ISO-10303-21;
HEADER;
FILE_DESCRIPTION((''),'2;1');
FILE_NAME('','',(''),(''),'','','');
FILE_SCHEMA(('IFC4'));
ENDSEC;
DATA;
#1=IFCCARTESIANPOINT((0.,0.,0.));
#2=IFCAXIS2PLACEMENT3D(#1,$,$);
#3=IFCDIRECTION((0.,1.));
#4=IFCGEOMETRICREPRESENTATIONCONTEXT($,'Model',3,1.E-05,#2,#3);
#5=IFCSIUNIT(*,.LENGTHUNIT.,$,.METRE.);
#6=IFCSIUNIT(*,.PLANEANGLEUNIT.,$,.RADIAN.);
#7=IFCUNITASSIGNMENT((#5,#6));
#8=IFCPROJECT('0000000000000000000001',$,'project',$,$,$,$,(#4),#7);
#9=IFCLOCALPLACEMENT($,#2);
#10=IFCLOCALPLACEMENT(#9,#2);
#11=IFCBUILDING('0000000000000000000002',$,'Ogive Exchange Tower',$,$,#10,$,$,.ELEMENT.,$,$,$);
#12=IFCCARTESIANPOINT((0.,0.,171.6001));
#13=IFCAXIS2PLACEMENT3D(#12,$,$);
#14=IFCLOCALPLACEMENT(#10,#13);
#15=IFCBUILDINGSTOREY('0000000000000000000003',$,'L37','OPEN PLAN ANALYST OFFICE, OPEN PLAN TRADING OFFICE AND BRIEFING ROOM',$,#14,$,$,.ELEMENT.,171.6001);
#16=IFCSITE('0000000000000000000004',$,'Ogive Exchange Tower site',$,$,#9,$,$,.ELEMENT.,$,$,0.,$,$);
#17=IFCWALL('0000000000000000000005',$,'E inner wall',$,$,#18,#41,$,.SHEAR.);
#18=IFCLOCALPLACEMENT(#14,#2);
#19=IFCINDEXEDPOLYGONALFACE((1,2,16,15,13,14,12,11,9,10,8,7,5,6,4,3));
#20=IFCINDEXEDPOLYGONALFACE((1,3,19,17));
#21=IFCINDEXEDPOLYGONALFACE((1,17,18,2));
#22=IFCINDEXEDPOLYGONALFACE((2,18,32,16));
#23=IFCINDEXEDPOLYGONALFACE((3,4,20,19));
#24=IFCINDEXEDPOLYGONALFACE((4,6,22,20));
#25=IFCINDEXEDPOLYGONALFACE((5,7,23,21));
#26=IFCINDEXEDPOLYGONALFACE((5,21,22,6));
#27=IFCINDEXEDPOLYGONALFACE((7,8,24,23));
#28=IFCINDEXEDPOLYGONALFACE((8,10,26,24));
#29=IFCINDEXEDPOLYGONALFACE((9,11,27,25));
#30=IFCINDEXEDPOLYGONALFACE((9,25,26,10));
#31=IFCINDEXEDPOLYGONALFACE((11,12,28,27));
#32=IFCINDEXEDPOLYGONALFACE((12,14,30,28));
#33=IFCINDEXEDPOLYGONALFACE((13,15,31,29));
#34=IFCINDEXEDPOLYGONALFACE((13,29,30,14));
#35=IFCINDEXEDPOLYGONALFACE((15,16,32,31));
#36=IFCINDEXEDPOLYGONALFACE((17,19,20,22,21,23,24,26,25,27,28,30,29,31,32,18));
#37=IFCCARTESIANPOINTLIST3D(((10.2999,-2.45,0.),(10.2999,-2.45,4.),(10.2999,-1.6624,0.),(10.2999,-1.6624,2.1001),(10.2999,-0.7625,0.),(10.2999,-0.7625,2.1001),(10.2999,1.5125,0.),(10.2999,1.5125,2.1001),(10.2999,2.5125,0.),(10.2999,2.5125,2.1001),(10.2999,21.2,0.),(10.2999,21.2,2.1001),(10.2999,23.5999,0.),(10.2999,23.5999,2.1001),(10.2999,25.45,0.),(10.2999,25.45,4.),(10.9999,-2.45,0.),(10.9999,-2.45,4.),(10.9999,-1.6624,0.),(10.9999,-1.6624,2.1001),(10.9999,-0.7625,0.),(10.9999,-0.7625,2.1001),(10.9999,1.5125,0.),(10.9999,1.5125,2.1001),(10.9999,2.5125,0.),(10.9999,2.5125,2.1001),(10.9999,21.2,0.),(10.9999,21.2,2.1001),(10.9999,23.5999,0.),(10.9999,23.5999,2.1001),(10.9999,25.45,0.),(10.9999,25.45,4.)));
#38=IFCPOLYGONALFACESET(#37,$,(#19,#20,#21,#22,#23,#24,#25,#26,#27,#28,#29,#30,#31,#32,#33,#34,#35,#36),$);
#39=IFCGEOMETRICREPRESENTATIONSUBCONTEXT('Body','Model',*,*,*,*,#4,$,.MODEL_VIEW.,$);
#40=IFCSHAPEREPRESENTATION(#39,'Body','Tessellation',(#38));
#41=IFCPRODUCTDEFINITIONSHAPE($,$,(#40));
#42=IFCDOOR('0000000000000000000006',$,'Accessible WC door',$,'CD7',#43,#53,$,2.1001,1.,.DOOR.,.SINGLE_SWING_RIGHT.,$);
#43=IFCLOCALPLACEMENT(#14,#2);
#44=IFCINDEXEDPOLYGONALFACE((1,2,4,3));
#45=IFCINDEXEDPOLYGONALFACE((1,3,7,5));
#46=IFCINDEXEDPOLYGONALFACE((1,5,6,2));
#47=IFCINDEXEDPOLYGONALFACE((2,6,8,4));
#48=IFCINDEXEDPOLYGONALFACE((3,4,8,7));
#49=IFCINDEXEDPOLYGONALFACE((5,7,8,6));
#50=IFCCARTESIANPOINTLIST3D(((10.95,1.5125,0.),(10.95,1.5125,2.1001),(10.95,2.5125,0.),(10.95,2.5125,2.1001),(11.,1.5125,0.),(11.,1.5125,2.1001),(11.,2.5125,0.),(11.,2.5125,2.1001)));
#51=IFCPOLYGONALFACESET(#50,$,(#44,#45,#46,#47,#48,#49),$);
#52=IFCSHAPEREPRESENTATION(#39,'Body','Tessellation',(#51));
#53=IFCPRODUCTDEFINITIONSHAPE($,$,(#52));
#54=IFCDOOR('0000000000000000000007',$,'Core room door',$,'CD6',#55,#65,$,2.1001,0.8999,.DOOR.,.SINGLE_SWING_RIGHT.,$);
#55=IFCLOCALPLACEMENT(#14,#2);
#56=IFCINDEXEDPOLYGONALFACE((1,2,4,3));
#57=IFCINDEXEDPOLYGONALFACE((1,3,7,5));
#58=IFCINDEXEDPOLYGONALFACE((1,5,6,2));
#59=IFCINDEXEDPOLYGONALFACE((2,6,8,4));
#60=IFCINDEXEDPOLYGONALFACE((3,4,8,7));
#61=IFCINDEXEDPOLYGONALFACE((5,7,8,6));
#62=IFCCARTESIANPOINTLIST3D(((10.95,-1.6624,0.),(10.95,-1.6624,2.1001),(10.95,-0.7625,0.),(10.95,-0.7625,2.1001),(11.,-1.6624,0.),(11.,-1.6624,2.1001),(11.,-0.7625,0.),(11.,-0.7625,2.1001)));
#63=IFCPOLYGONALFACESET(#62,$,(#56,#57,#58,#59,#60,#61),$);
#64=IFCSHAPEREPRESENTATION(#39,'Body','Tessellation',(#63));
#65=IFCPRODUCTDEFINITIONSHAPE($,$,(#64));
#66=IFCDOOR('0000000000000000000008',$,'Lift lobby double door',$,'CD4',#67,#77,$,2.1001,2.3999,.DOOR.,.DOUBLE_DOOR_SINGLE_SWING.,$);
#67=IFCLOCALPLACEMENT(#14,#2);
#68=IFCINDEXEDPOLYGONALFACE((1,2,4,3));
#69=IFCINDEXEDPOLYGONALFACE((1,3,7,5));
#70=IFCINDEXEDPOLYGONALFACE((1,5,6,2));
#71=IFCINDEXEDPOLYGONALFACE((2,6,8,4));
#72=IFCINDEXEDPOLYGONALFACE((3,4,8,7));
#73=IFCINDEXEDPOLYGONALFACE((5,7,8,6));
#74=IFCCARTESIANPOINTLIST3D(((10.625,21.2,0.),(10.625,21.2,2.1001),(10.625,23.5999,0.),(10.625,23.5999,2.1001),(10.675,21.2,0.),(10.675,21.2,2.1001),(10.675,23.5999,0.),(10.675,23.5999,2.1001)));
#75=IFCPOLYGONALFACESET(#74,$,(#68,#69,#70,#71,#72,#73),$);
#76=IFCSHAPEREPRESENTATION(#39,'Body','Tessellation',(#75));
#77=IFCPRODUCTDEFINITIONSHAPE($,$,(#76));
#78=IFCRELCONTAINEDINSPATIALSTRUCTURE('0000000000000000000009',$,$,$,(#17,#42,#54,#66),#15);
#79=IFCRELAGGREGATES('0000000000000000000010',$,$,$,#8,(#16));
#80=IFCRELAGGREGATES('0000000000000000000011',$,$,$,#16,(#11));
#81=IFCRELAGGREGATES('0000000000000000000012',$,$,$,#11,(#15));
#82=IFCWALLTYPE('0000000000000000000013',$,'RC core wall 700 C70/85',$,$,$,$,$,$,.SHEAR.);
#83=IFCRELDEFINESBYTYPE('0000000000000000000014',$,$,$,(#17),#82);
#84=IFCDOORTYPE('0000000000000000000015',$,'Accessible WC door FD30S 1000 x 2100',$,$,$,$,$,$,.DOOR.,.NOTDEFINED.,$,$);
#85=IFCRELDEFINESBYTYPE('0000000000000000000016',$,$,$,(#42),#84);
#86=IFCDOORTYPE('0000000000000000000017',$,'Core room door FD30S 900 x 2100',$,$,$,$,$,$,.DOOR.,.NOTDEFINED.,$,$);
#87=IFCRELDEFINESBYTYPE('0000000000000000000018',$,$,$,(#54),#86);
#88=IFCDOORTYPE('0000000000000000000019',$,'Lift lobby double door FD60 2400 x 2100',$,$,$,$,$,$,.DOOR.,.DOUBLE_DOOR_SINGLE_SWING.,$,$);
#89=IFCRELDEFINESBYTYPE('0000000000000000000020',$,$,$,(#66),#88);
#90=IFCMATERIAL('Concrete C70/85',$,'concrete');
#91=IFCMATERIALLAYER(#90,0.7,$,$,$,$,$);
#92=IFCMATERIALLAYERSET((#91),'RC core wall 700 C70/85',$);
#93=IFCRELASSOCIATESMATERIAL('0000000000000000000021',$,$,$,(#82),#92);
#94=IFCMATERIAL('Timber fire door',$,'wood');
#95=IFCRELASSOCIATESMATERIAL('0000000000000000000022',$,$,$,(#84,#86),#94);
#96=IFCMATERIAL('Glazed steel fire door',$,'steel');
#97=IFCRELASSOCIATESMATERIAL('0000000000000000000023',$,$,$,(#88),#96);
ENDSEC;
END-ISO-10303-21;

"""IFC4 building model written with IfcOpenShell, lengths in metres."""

from ifc_helpers import new_model, si_unit, direction, frame, frame_2d, origin, place, context, subcontext, project, spatial, rectangle, extrude, material, layer, layer_set, type_object, element, fill, save


model = new_model("IFC4")

# Units and contexts
model_context = context("Model", 3, precision=1e-05, world=origin(), true_north=direction((0.0, 1.0)))
body_context = subcontext(model_context, "Body", "Model", "MODEL_VIEW")
ifc_project = project(units=[si_unit("LENGTHUNIT", "METRE"), si_unit("PLANEANGLEUNIT", "RADIAN")], contexts=[model_context])

# Site, building, storey
site_placement = place(None, origin())
site = spatial("IfcSite", under=ifc_project, at=site_placement, Name="Ogive Exchange Tower site", CompositionType="ELEMENT", RefElevation=0.0)
building_placement = place(site_placement, origin())
building = spatial("IfcBuilding", under=site, at=building_placement, Name="Ogive Exchange Tower", CompositionType="ELEMENT")
storey_placement = place(building_placement, frame((0.0, 0.0, 171.6001)))
storey = spatial("IfcBuildingStorey", under=building, at=storey_placement, Name="L37", Description="OPEN PLAN ANALYST OFFICE, OPEN PLAN TRADING OFFICE AND BRIEFING ROOM", CompositionType="ELEMENT", Elevation=171.6001)

# Shared definitions
ifc_material_1 = material(Name="Concrete C70/85", Category="concrete")

# Wall, openings, doors
ifc_layer_1 = layer(ifc_material_1, 0.7)
ifc_layer_set_1 = layer_set([ifc_layer_1], Name="RC core wall 700 C70/85")
wall_type_1 = type_object("IfcWallType", Name="RC core wall 700 C70/85", PredefinedType="SHEAR", material=ifc_layer_set_1)
wall_1_placement = place(storey_placement, frame((10.6499, -2.45, 0.0), z_axis=(0.0, 0.0, 1.0), x_axis=(0.0, 1.0, 0.0)))
wall_1 = element("IfcWall", 1, at=wall_1_placement, inside=storey, type_object=wall_type_1, Name="E inner wall", PredefinedType="SHEAR", context=body_context, shape_type="SweptSolid", body=[
    extrude(rectangle(XDim=27.8999, YDim=0.7, at=frame_2d((13.95, 0.0))), origin(), (0.0, 0.0, 1.0), 4.0),
])
opening_1_placement = place(wall_1_placement, frame((23.6499, 0.0, 0.0)))
opening_1 = element("IfcOpeningElement", 2, at=opening_1_placement, cuts=wall_1, PredefinedType="OPENING", context=body_context, shape_type="SweptSolid", body=[
    extrude(rectangle(XDim=2.3999, YDim=2.1001, at=frame_2d((1.2, 1.05))), frame((0.0, 0.3599, 0.0), z_axis=(0.0, -1.0, 0.0), x_axis=(1.0, 0.0, 0.0)), (0.0, 0.0, 1.0), 0.72),
])
opening_2_placement = place(wall_1_placement, frame((0.7876, 0.0, 0.0)))
opening_2 = element("IfcOpeningElement", 3, at=opening_2_placement, cuts=wall_1, PredefinedType="OPENING", context=body_context, shape_type="SweptSolid", body=[
    extrude(rectangle(XDim=0.8999, YDim=2.1001, at=frame_2d((0.45, 1.05))), frame((0.0, 0.3599, 0.0), z_axis=(0.0, -1.0, 0.0), x_axis=(1.0, 0.0, 0.0)), (0.0, 0.0, 1.0), 0.72),
])
opening_3_placement = place(wall_1_placement, frame((3.9624, 0.0, 0.0)))
opening_3 = element("IfcOpeningElement", 4, at=opening_3_placement, cuts=wall_1, PredefinedType="OPENING", context=body_context, shape_type="SweptSolid", body=[
    extrude(rectangle(XDim=1.0, YDim=2.1001, at=frame_2d((0.5, 1.05))), frame((0.0, 0.3599, 0.0), z_axis=(0.0, -1.0, 0.0), x_axis=(1.0, 0.0, 0.0)), (0.0, 0.0, 1.0), 0.72),
])
ifc_material_2 = material(Name="Timber fire door", Category="wood")
door_type_1 = type_object("IfcDoorType", Name="Accessible WC door FD30S 1000 x 2100", OperationType="NOTDEFINED", PredefinedType="DOOR", material=ifc_material_2)
door_1_placement = place(opening_3_placement, frame((1.0, -0.6499, 0.0), z_axis=(0.0, 0.0, 1.0), x_axis=(-1.0, 0.0, 0.0)))
door_1 = element("IfcDoor", 5, at=door_1_placement, inside=storey, type_object=door_type_1, Name="Accessible WC door", ObjectType="CD7", OperationType="SINGLE_SWING_RIGHT", OverallHeight=2.1001, OverallWidth=1.0, PredefinedType="DOOR", context=body_context, shape_type="SweptSolid", body=[
    extrude(rectangle(XDim=1.0, YDim=2.1001, at=frame_2d((0.5, 1.05))), frame((0.0, -0.2998, 0.0), z_axis=(0.0, -1.0, 0.0), x_axis=(1.0, 0.0, 0.0)), (0.0, 0.0, 1.0), 0.05),
])
fill(opening_3, door_1)
door_type_2 = type_object("IfcDoorType", Name="Core room door FD30S 900 x 2100", OperationType="NOTDEFINED", PredefinedType="DOOR", material=ifc_material_2)
door_2_placement = place(opening_2_placement, frame((0.8999, -0.6499, 0.0), z_axis=(0.0, 0.0, 1.0), x_axis=(-1.0, 0.0, 0.0)))
door_2 = element("IfcDoor", 6, at=door_2_placement, inside=storey, type_object=door_type_2, Name="Core room door", ObjectType="CD6", OperationType="SINGLE_SWING_RIGHT", OverallHeight=2.1001, OverallWidth=0.8999, PredefinedType="DOOR", context=body_context, shape_type="SweptSolid", body=[
    extrude(rectangle(XDim=0.8999, YDim=2.1001, at=frame_2d((0.45, 1.05))), frame((0.0, -0.2998, 0.0), z_axis=(0.0, -1.0, 0.0), x_axis=(1.0, 0.0, 0.0)), (0.0, 0.0, 1.0), 0.05),
])
fill(opening_2, door_2)
ifc_material_3 = material(Name="Glazed steel fire door", Category="steel")
door_type_3 = type_object("IfcDoorType", Name="Lift lobby double door FD60 2400 x 2100", OperationType="DOUBLE_DOOR_SINGLE_SWING", PredefinedType="DOOR", material=ifc_material_3)
door_3_placement = place(opening_1_placement, origin())
door_3 = element("IfcDoor", 7, at=door_3_placement, inside=storey, type_object=door_type_3, Name="Lift lobby double door", ObjectType="CD4", OperationType="DOUBLE_DOOR_SINGLE_SWING", OverallHeight=2.1001, OverallWidth=2.3999, PredefinedType="DOOR", context=body_context, shape_type="SweptSolid", body=[
    extrude(rectangle(XDim=2.3999, YDim=2.1001, at=frame_2d((1.2, 1.05))), frame((0.0, 0.0249, 0.0), z_axis=(0.0, -1.0, 0.0), x_axis=(1.0, 0.0, 0.0)), (0.0, 0.0, 1.0), 0.05),
])
fill(opening_1, door_3)

save(model, "model.ifc")
